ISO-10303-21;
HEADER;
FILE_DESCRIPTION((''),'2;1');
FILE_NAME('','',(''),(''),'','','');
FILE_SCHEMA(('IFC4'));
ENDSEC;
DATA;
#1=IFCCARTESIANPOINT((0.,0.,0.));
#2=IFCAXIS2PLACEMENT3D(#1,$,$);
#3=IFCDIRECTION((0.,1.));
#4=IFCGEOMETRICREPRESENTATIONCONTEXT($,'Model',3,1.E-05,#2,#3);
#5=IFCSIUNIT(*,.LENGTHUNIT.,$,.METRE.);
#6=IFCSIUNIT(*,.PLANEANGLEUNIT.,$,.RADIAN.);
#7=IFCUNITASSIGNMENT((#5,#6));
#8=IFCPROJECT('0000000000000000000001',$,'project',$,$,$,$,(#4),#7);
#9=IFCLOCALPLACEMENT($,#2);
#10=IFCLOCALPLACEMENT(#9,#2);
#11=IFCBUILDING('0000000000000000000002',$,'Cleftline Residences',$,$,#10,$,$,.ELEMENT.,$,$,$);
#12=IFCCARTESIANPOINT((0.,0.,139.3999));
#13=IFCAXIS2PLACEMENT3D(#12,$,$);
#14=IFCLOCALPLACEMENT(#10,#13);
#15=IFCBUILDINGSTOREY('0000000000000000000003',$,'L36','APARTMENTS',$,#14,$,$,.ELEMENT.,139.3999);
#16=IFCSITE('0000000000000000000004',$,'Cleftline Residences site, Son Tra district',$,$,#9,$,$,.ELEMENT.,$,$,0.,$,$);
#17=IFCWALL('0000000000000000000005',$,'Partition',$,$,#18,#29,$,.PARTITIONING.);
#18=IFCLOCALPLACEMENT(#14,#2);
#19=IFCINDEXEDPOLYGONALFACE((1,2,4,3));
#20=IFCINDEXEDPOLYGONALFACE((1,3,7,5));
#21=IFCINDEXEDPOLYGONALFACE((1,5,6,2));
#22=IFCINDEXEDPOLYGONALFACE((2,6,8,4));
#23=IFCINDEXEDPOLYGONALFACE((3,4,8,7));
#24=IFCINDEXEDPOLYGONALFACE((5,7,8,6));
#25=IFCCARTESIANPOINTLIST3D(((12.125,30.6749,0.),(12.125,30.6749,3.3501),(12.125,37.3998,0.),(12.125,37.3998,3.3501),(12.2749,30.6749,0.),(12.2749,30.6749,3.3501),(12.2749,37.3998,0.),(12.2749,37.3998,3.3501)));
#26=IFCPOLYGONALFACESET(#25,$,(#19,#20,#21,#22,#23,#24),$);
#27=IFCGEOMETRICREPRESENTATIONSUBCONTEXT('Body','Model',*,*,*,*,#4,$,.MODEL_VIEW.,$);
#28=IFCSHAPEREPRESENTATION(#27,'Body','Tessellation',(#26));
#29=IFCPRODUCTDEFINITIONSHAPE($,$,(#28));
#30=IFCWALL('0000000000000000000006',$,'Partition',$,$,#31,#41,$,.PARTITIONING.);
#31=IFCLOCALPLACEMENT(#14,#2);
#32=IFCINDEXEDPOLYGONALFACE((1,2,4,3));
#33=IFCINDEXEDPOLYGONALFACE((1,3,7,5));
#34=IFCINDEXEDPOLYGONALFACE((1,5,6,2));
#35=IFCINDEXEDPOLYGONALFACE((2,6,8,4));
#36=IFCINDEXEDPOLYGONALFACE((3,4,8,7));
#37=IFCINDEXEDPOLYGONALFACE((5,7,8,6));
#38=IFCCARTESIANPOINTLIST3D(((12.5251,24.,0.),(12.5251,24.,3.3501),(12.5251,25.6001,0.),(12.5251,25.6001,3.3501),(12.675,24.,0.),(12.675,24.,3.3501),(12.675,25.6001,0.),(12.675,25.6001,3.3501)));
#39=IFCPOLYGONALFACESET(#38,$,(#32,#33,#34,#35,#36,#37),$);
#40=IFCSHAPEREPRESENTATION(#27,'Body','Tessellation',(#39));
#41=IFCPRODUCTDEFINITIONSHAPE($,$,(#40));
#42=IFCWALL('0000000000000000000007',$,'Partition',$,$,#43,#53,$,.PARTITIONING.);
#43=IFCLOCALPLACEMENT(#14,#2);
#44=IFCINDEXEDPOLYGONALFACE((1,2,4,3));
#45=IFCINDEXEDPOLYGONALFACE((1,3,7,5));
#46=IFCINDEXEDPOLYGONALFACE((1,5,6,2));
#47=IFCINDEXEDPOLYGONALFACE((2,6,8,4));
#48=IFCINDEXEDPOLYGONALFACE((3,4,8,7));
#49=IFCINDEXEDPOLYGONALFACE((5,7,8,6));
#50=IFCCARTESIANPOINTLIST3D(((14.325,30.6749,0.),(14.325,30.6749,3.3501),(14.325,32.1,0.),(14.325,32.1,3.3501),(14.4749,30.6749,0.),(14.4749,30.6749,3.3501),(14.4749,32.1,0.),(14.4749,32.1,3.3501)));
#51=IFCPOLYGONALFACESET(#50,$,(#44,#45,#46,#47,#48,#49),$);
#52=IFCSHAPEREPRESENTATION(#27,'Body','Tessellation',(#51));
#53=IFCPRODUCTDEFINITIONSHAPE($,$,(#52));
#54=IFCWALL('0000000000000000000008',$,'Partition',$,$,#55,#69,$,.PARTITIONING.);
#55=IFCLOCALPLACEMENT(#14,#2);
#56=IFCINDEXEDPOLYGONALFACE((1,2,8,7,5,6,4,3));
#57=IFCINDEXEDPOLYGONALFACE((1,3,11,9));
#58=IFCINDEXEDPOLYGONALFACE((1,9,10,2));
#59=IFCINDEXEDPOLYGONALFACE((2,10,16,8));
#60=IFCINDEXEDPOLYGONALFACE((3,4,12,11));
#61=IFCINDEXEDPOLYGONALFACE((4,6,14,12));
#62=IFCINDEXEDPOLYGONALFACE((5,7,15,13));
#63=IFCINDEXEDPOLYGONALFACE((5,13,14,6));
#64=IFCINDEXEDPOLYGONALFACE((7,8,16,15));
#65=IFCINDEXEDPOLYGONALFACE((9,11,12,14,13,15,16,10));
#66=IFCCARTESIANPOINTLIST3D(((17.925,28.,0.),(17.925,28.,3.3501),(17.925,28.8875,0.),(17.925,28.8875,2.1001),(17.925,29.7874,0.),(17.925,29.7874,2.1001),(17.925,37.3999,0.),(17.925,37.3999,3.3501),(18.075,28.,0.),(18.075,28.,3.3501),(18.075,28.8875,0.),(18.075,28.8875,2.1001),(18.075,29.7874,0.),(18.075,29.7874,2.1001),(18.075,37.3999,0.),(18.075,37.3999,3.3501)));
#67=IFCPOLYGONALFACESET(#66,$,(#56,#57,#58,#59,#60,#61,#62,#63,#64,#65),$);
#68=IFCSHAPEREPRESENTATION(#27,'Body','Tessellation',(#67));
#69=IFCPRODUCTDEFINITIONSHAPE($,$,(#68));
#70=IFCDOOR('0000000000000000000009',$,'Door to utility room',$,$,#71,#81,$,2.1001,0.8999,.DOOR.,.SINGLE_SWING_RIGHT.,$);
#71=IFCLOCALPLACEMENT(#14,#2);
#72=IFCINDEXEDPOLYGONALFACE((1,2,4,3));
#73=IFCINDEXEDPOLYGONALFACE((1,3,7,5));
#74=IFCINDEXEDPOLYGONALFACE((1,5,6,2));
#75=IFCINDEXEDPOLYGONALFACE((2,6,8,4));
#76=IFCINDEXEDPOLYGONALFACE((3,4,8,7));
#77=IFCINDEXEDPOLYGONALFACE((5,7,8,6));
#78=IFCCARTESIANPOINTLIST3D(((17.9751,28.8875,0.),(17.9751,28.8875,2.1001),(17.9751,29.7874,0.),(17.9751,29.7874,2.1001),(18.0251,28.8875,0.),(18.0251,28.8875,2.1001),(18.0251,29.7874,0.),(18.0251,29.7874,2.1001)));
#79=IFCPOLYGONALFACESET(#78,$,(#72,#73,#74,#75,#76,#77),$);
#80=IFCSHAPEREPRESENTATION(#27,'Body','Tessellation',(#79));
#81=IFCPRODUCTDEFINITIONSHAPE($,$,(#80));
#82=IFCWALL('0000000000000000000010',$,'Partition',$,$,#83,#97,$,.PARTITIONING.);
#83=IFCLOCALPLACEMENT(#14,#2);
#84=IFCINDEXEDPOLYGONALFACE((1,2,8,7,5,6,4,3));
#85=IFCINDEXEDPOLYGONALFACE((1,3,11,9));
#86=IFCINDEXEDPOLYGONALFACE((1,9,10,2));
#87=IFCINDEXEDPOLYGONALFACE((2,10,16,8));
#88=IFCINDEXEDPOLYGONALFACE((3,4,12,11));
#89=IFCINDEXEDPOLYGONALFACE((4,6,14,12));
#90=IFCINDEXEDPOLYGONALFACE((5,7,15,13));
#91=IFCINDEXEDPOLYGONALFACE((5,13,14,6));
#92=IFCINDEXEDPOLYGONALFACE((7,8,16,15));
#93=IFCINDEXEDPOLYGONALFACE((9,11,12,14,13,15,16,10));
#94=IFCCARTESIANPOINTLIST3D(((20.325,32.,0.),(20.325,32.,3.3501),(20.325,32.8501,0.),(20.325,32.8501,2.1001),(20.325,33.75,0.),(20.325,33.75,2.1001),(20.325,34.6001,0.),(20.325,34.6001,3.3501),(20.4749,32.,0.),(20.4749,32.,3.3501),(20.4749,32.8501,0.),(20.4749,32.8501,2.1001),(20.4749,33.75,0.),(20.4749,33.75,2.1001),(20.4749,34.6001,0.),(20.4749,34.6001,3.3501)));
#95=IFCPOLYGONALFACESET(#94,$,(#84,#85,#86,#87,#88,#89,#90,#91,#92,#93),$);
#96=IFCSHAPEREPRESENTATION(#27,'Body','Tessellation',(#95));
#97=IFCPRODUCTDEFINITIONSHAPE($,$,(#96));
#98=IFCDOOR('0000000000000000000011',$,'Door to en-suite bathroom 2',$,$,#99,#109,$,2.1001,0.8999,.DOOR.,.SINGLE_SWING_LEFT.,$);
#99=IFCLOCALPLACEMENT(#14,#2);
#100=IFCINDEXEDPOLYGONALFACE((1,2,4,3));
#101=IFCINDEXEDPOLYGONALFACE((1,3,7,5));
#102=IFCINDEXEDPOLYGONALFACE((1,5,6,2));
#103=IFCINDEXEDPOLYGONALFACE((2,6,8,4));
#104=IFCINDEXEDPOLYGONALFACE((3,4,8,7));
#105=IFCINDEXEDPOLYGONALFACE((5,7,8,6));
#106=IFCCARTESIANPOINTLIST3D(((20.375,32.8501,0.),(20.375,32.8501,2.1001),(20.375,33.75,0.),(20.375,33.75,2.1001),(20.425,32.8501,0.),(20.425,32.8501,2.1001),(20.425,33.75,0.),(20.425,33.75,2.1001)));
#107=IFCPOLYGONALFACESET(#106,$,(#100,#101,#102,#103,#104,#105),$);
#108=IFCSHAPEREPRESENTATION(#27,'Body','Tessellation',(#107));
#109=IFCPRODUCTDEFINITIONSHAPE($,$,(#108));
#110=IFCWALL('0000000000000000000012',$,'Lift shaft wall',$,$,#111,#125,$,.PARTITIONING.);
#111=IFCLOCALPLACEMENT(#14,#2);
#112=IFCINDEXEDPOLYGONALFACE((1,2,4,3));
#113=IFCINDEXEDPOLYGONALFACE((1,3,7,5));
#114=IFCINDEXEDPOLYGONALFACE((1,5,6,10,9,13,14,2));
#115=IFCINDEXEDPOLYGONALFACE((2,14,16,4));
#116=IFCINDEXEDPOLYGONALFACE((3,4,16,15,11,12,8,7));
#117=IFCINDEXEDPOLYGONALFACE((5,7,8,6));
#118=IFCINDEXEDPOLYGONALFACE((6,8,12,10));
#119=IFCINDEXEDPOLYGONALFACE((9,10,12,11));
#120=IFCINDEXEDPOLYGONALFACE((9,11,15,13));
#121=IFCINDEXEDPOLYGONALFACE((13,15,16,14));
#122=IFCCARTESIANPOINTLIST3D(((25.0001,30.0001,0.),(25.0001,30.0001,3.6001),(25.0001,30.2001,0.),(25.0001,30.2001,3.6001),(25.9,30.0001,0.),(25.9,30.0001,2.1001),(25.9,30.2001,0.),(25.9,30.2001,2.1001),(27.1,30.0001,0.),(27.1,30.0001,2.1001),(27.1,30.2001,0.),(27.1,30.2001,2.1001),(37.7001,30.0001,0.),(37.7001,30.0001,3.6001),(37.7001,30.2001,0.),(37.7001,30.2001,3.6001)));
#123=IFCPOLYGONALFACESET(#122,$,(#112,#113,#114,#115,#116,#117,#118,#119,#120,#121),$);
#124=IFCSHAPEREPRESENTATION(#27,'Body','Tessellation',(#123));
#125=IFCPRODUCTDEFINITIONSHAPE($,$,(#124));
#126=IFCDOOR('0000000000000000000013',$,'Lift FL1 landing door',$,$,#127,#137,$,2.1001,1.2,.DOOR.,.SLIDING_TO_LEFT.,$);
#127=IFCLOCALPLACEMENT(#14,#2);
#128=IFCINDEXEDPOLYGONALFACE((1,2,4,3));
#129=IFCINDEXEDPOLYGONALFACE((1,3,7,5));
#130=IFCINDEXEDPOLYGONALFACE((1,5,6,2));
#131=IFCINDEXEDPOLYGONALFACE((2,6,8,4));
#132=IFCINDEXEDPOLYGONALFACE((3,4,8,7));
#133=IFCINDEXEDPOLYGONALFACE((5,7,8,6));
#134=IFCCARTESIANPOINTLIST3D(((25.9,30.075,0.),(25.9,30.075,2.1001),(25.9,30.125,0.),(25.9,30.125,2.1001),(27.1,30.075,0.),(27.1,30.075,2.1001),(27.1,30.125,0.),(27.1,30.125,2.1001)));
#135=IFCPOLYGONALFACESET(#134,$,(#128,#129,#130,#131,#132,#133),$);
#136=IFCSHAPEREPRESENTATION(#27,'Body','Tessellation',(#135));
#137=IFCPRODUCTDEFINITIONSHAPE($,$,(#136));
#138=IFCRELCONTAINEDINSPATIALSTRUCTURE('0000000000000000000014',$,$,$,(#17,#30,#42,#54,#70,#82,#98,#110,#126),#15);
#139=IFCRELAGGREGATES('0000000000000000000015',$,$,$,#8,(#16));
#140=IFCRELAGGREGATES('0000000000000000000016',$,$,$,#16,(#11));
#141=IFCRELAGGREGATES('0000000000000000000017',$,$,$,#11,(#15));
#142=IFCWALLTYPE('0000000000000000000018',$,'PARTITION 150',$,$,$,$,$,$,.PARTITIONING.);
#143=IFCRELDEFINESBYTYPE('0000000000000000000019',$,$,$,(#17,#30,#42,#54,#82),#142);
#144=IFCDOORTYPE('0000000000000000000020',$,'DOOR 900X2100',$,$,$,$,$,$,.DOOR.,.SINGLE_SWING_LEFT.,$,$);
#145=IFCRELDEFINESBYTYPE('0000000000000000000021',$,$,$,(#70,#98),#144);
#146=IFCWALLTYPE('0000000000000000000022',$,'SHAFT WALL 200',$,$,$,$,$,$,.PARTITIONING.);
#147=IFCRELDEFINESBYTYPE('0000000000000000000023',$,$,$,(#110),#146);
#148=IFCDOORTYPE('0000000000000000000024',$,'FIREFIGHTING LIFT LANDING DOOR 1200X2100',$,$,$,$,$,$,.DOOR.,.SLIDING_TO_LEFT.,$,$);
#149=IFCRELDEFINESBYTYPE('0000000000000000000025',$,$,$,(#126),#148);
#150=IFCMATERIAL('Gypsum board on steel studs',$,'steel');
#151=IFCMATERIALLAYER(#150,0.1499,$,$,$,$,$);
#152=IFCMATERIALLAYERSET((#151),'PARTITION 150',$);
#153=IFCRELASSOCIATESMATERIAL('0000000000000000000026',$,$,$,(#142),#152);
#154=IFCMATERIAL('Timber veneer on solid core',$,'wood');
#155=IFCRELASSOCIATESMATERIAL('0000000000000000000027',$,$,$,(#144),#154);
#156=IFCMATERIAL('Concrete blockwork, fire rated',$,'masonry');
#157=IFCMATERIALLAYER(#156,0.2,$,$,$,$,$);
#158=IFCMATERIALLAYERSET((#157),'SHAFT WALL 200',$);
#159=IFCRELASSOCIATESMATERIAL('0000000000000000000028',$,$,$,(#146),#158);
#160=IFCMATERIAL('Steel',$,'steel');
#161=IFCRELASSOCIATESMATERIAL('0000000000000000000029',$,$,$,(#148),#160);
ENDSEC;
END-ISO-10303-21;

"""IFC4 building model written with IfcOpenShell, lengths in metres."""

from ifc_helpers import new_model, si_unit, direction, frame, frame_2d, origin, place, context, subcontext, project, spatial, rectangle, extrude, material, layer, layer_set, type_object, element, fill, save


model = new_model("IFC4")

# Units and contexts
model_context = context("Model", 3, precision=1e-05, world=origin(), true_north=direction((0.0, 1.0)))
body_context = subcontext(model_context, "Body", "Model", "MODEL_VIEW")
ifc_project = project(units=[si_unit("LENGTHUNIT", "METRE"), si_unit("PLANEANGLEUNIT", "RADIAN")], contexts=[model_context])

# Site, building, storey
site_placement = place(None, origin())
site = spatial("IfcSite", under=ifc_project, at=site_placement, Name="Cleftline Residences site, Son Tra district", CompositionType="ELEMENT", RefElevation=0.0)
building_placement = place(site_placement, origin())
building = spatial("IfcBuilding", under=site, at=building_placement, Name="Cleftline Residences", CompositionType="ELEMENT")
storey_placement = place(building_placement, frame((0.0, 0.0, 139.3999)))
storey = spatial("IfcBuildingStorey", under=building, at=storey_placement, Name="L36", Description="APARTMENTS", CompositionType="ELEMENT", Elevation=139.3999)

# Shared definitions
ifc_material_1 = material(Name="Gypsum board on steel studs", Category="steel")
ifc_layer_1 = layer(ifc_material_1, 0.1499)
ifc_layer_set_1 = layer_set([ifc_layer_1], Name="PARTITION 150")
wall_type_1 = type_object("IfcWallType", Name="PARTITION 150", PredefinedType="PARTITIONING", material=ifc_layer_set_1)
ifc_material_2 = material(Name="Timber veneer on solid core", Category="wood")
door_type_1 = type_object("IfcDoorType", Name="DOOR 900X2100", OperationType="SINGLE_SWING_LEFT", PredefinedType="DOOR", material=ifc_material_2)

# Walls
wall_1_placement = place(storey_placement, frame((12.2, 30.675, 0.0), z_axis=(0.0, 0.0, 1.0), x_axis=(0.0, 1.0, 0.0)))
element("IfcWall", 1, at=wall_1_placement, inside=storey, type_object=wall_type_1, Name="Partition", PredefinedType="PARTITIONING", context=body_context, shape_type="SweptSolid", body=[
    extrude(rectangle(XDim=6.7249, YDim=0.1499, at=frame_2d((3.3623, 0.0))), origin(), (0.0, 0.0, 1.0), 3.3501),
])
wall_2_placement = place(storey_placement, frame((12.6001, 24.0, 0.0), z_axis=(0.0, 0.0, 1.0), x_axis=(0.0, 1.0, 0.0)))
element("IfcWall", 2, at=wall_2_placement, inside=storey, type_object=wall_type_1, Name="Partition", PredefinedType="PARTITIONING", context=body_context, shape_type="SweptSolid", body=[
    extrude(rectangle(XDim=1.6001, YDim=0.1499, at=frame_2d((0.8, 0.0))), origin(), (0.0, 0.0, 1.0), 3.3501),
])
wall_3_placement = place(storey_placement, frame((14.3999, 30.675, 0.0), z_axis=(0.0, 0.0, 1.0), x_axis=(0.0, 1.0, 0.0)))
element("IfcWall", 3, at=wall_3_placement, inside=storey, type_object=wall_type_1, Name="Partition", PredefinedType="PARTITIONING", context=body_context, shape_type="SweptSolid", body=[
    extrude(rectangle(XDim=1.425, YDim=0.1499, at=frame_2d((0.7124, 0.0))), origin(), (0.0, 0.0, 1.0), 3.3501),
])

# Walls, openings, doors
wall_4_placement = place(storey_placement, frame((18.0, 28.0, 0.0), z_axis=(0.0, 0.0, 1.0), x_axis=(0.0, 1.0, 0.0)))
wall_4 = element("IfcWall", 4, at=wall_4_placement, inside=storey, type_object=wall_type_1, Name="Partition", PredefinedType="PARTITIONING", context=body_context, shape_type="SweptSolid", body=[
    extrude(rectangle(XDim=9.3999, YDim=0.1499, at=frame_2d((4.7, 0.0))), origin(), (0.0, 0.0, 1.0), 3.3501),
])
opening_1_placement = place(wall_4_placement, frame((0.8875, 0.0, 0.0)))
opening_1 = element("IfcOpeningElement", 5, at=opening_1_placement, cuts=wall_4, PredefinedType="OPENING", context=body_context, shape_type="SweptSolid", body=[
    extrude(rectangle(XDim=0.8999, YDim=2.1001, at=frame_2d((0.45, 1.05))), frame((0.0, 0.085, 0.0), z_axis=(0.0, -1.0, 0.0), x_axis=(1.0, 0.0, 0.0)), (0.0, 0.0, 1.0), 0.1699),
])
door_1_placement = place(opening_1_placement, origin())
door_1 = element("IfcDoor", 6, at=door_1_placement, inside=storey, type_object=door_type_1, Name="Door to utility room", OperationType="SINGLE_SWING_RIGHT", OverallHeight=2.1001, OverallWidth=0.8999, PredefinedType="DOOR", context=body_context, shape_type="SweptSolid", body=[
    extrude(rectangle(XDim=0.8999, YDim=2.1001, at=frame_2d((0.45, 1.05))), frame((0.0, 0.0249, 0.0), z_axis=(0.0, -1.0, 0.0), x_axis=(1.0, 0.0, 0.0)), (0.0, 0.0, 1.0), 0.05),
])
fill(opening_1, door_1)
wall_5_placement = place(storey_placement, frame((20.3999, 32.0, 0.0), z_axis=(0.0, 0.0, 1.0), x_axis=(0.0, 1.0, 0.0)))
wall_5 = element("IfcWall", 7, at=wall_5_placement, inside=storey, type_object=wall_type_1, Name="Partition", PredefinedType="PARTITIONING", context=body_context, shape_type="SweptSolid", body=[
    extrude(rectangle(XDim=2.6001, YDim=0.1499, at=frame_2d((1.3, 0.0))), origin(), (0.0, 0.0, 1.0), 3.3501),
])
opening_2_placement = place(wall_5_placement, frame((0.8501, 0.0, 0.0)))
opening_2 = element("IfcOpeningElement", 8, at=opening_2_placement, cuts=wall_5, PredefinedType="OPENING", context=body_context, shape_type="SweptSolid", body=[
    extrude(rectangle(XDim=0.8999, YDim=2.1001, at=frame_2d((0.45, 1.05))), frame((0.0, 0.085, 0.0), z_axis=(0.0, -1.0, 0.0), x_axis=(1.0, 0.0, 0.0)), (0.0, 0.0, 1.0), 0.1699),
])
door_2_placement = place(opening_2_placement, origin())
door_2 = element("IfcDoor", 9, at=door_2_placement, inside=storey, type_object=door_type_1, Name="Door to en-suite bathroom 2", OperationType="SINGLE_SWING_LEFT", OverallHeight=2.1001, OverallWidth=0.8999, PredefinedType="DOOR", context=body_context, shape_type="SweptSolid", body=[
    extrude(rectangle(XDim=0.8999, YDim=2.1001, at=frame_2d((0.45, 1.05))), frame((0.0, 0.0249, 0.0), z_axis=(0.0, -1.0, 0.0), x_axis=(1.0, 0.0, 0.0)), (0.0, 0.0, 1.0), 0.05),
])
fill(opening_2, door_2)
ifc_material_3 = material(Name="Concrete blockwork, fire rated", Category="masonry")
ifc_layer_2 = layer(ifc_material_3, 0.2)
ifc_layer_set_2 = layer_set([ifc_layer_2], Name="SHAFT WALL 200")
wall_type_2 = type_object("IfcWallType", Name="SHAFT WALL 200", PredefinedType="PARTITIONING", material=ifc_layer_set_2)
wall_6_placement = place(storey_placement, frame((25.0, 30.1001, 0.0), z_axis=(0.0, 0.0, 1.0), x_axis=(1.0, 0.0, 0.0)))
wall_6 = element("IfcWall", 10, at=wall_6_placement, inside=storey, type_object=wall_type_2, Name="Lift shaft wall", PredefinedType="PARTITIONING", context=body_context, shape_type="SweptSolid", body=[
    extrude(rectangle(XDim=12.7, YDim=0.2, at=frame_2d((6.3501, 0.0))), origin(), (0.0, 0.0, 1.0), 3.6001),
])
opening_3_placement = place(wall_6_placement, frame((0.8999, 0.0, 0.0)))
opening_3 = element("IfcOpeningElement", 11, at=opening_3_placement, cuts=wall_6, PredefinedType="OPENING", context=body_context, shape_type="SweptSolid", body=[
    extrude(rectangle(XDim=1.2, YDim=2.1001, at=frame_2d((0.6001, 1.05))), frame((0.0, 0.1099, 0.0), z_axis=(0.0, -1.0, 0.0), x_axis=(1.0, 0.0, 0.0)), (0.0, 0.0, 1.0), 0.22),
])
ifc_material_4 = material(Name="Steel", Category="steel")
door_type_2 = type_object("IfcDoorType", Name="FIREFIGHTING LIFT LANDING DOOR 1200X2100", OperationType="SLIDING_TO_LEFT", PredefinedType="DOOR", material=ifc_material_4)
door_3_placement = place(opening_3_placement, origin())
door_3 = element("IfcDoor", 12, at=door_3_placement, inside=storey, type_object=door_type_2, Name="Lift FL1 landing door", OperationType="SLIDING_TO_LEFT", OverallHeight=2.1001, OverallWidth=1.2, PredefinedType="DOOR", context=body_context, shape_type="SweptSolid", body=[
    extrude(rectangle(XDim=1.2, YDim=2.1001, at=frame_2d((0.6001, 1.05))), frame((0.0, 0.0249, 0.0), z_axis=(0.0, -1.0, 0.0), x_axis=(1.0, 0.0, 0.0)), (0.0, 0.0, 1.0), 0.05),
])
fill(opening_3, door_3)

save(model, "model.ifc")
